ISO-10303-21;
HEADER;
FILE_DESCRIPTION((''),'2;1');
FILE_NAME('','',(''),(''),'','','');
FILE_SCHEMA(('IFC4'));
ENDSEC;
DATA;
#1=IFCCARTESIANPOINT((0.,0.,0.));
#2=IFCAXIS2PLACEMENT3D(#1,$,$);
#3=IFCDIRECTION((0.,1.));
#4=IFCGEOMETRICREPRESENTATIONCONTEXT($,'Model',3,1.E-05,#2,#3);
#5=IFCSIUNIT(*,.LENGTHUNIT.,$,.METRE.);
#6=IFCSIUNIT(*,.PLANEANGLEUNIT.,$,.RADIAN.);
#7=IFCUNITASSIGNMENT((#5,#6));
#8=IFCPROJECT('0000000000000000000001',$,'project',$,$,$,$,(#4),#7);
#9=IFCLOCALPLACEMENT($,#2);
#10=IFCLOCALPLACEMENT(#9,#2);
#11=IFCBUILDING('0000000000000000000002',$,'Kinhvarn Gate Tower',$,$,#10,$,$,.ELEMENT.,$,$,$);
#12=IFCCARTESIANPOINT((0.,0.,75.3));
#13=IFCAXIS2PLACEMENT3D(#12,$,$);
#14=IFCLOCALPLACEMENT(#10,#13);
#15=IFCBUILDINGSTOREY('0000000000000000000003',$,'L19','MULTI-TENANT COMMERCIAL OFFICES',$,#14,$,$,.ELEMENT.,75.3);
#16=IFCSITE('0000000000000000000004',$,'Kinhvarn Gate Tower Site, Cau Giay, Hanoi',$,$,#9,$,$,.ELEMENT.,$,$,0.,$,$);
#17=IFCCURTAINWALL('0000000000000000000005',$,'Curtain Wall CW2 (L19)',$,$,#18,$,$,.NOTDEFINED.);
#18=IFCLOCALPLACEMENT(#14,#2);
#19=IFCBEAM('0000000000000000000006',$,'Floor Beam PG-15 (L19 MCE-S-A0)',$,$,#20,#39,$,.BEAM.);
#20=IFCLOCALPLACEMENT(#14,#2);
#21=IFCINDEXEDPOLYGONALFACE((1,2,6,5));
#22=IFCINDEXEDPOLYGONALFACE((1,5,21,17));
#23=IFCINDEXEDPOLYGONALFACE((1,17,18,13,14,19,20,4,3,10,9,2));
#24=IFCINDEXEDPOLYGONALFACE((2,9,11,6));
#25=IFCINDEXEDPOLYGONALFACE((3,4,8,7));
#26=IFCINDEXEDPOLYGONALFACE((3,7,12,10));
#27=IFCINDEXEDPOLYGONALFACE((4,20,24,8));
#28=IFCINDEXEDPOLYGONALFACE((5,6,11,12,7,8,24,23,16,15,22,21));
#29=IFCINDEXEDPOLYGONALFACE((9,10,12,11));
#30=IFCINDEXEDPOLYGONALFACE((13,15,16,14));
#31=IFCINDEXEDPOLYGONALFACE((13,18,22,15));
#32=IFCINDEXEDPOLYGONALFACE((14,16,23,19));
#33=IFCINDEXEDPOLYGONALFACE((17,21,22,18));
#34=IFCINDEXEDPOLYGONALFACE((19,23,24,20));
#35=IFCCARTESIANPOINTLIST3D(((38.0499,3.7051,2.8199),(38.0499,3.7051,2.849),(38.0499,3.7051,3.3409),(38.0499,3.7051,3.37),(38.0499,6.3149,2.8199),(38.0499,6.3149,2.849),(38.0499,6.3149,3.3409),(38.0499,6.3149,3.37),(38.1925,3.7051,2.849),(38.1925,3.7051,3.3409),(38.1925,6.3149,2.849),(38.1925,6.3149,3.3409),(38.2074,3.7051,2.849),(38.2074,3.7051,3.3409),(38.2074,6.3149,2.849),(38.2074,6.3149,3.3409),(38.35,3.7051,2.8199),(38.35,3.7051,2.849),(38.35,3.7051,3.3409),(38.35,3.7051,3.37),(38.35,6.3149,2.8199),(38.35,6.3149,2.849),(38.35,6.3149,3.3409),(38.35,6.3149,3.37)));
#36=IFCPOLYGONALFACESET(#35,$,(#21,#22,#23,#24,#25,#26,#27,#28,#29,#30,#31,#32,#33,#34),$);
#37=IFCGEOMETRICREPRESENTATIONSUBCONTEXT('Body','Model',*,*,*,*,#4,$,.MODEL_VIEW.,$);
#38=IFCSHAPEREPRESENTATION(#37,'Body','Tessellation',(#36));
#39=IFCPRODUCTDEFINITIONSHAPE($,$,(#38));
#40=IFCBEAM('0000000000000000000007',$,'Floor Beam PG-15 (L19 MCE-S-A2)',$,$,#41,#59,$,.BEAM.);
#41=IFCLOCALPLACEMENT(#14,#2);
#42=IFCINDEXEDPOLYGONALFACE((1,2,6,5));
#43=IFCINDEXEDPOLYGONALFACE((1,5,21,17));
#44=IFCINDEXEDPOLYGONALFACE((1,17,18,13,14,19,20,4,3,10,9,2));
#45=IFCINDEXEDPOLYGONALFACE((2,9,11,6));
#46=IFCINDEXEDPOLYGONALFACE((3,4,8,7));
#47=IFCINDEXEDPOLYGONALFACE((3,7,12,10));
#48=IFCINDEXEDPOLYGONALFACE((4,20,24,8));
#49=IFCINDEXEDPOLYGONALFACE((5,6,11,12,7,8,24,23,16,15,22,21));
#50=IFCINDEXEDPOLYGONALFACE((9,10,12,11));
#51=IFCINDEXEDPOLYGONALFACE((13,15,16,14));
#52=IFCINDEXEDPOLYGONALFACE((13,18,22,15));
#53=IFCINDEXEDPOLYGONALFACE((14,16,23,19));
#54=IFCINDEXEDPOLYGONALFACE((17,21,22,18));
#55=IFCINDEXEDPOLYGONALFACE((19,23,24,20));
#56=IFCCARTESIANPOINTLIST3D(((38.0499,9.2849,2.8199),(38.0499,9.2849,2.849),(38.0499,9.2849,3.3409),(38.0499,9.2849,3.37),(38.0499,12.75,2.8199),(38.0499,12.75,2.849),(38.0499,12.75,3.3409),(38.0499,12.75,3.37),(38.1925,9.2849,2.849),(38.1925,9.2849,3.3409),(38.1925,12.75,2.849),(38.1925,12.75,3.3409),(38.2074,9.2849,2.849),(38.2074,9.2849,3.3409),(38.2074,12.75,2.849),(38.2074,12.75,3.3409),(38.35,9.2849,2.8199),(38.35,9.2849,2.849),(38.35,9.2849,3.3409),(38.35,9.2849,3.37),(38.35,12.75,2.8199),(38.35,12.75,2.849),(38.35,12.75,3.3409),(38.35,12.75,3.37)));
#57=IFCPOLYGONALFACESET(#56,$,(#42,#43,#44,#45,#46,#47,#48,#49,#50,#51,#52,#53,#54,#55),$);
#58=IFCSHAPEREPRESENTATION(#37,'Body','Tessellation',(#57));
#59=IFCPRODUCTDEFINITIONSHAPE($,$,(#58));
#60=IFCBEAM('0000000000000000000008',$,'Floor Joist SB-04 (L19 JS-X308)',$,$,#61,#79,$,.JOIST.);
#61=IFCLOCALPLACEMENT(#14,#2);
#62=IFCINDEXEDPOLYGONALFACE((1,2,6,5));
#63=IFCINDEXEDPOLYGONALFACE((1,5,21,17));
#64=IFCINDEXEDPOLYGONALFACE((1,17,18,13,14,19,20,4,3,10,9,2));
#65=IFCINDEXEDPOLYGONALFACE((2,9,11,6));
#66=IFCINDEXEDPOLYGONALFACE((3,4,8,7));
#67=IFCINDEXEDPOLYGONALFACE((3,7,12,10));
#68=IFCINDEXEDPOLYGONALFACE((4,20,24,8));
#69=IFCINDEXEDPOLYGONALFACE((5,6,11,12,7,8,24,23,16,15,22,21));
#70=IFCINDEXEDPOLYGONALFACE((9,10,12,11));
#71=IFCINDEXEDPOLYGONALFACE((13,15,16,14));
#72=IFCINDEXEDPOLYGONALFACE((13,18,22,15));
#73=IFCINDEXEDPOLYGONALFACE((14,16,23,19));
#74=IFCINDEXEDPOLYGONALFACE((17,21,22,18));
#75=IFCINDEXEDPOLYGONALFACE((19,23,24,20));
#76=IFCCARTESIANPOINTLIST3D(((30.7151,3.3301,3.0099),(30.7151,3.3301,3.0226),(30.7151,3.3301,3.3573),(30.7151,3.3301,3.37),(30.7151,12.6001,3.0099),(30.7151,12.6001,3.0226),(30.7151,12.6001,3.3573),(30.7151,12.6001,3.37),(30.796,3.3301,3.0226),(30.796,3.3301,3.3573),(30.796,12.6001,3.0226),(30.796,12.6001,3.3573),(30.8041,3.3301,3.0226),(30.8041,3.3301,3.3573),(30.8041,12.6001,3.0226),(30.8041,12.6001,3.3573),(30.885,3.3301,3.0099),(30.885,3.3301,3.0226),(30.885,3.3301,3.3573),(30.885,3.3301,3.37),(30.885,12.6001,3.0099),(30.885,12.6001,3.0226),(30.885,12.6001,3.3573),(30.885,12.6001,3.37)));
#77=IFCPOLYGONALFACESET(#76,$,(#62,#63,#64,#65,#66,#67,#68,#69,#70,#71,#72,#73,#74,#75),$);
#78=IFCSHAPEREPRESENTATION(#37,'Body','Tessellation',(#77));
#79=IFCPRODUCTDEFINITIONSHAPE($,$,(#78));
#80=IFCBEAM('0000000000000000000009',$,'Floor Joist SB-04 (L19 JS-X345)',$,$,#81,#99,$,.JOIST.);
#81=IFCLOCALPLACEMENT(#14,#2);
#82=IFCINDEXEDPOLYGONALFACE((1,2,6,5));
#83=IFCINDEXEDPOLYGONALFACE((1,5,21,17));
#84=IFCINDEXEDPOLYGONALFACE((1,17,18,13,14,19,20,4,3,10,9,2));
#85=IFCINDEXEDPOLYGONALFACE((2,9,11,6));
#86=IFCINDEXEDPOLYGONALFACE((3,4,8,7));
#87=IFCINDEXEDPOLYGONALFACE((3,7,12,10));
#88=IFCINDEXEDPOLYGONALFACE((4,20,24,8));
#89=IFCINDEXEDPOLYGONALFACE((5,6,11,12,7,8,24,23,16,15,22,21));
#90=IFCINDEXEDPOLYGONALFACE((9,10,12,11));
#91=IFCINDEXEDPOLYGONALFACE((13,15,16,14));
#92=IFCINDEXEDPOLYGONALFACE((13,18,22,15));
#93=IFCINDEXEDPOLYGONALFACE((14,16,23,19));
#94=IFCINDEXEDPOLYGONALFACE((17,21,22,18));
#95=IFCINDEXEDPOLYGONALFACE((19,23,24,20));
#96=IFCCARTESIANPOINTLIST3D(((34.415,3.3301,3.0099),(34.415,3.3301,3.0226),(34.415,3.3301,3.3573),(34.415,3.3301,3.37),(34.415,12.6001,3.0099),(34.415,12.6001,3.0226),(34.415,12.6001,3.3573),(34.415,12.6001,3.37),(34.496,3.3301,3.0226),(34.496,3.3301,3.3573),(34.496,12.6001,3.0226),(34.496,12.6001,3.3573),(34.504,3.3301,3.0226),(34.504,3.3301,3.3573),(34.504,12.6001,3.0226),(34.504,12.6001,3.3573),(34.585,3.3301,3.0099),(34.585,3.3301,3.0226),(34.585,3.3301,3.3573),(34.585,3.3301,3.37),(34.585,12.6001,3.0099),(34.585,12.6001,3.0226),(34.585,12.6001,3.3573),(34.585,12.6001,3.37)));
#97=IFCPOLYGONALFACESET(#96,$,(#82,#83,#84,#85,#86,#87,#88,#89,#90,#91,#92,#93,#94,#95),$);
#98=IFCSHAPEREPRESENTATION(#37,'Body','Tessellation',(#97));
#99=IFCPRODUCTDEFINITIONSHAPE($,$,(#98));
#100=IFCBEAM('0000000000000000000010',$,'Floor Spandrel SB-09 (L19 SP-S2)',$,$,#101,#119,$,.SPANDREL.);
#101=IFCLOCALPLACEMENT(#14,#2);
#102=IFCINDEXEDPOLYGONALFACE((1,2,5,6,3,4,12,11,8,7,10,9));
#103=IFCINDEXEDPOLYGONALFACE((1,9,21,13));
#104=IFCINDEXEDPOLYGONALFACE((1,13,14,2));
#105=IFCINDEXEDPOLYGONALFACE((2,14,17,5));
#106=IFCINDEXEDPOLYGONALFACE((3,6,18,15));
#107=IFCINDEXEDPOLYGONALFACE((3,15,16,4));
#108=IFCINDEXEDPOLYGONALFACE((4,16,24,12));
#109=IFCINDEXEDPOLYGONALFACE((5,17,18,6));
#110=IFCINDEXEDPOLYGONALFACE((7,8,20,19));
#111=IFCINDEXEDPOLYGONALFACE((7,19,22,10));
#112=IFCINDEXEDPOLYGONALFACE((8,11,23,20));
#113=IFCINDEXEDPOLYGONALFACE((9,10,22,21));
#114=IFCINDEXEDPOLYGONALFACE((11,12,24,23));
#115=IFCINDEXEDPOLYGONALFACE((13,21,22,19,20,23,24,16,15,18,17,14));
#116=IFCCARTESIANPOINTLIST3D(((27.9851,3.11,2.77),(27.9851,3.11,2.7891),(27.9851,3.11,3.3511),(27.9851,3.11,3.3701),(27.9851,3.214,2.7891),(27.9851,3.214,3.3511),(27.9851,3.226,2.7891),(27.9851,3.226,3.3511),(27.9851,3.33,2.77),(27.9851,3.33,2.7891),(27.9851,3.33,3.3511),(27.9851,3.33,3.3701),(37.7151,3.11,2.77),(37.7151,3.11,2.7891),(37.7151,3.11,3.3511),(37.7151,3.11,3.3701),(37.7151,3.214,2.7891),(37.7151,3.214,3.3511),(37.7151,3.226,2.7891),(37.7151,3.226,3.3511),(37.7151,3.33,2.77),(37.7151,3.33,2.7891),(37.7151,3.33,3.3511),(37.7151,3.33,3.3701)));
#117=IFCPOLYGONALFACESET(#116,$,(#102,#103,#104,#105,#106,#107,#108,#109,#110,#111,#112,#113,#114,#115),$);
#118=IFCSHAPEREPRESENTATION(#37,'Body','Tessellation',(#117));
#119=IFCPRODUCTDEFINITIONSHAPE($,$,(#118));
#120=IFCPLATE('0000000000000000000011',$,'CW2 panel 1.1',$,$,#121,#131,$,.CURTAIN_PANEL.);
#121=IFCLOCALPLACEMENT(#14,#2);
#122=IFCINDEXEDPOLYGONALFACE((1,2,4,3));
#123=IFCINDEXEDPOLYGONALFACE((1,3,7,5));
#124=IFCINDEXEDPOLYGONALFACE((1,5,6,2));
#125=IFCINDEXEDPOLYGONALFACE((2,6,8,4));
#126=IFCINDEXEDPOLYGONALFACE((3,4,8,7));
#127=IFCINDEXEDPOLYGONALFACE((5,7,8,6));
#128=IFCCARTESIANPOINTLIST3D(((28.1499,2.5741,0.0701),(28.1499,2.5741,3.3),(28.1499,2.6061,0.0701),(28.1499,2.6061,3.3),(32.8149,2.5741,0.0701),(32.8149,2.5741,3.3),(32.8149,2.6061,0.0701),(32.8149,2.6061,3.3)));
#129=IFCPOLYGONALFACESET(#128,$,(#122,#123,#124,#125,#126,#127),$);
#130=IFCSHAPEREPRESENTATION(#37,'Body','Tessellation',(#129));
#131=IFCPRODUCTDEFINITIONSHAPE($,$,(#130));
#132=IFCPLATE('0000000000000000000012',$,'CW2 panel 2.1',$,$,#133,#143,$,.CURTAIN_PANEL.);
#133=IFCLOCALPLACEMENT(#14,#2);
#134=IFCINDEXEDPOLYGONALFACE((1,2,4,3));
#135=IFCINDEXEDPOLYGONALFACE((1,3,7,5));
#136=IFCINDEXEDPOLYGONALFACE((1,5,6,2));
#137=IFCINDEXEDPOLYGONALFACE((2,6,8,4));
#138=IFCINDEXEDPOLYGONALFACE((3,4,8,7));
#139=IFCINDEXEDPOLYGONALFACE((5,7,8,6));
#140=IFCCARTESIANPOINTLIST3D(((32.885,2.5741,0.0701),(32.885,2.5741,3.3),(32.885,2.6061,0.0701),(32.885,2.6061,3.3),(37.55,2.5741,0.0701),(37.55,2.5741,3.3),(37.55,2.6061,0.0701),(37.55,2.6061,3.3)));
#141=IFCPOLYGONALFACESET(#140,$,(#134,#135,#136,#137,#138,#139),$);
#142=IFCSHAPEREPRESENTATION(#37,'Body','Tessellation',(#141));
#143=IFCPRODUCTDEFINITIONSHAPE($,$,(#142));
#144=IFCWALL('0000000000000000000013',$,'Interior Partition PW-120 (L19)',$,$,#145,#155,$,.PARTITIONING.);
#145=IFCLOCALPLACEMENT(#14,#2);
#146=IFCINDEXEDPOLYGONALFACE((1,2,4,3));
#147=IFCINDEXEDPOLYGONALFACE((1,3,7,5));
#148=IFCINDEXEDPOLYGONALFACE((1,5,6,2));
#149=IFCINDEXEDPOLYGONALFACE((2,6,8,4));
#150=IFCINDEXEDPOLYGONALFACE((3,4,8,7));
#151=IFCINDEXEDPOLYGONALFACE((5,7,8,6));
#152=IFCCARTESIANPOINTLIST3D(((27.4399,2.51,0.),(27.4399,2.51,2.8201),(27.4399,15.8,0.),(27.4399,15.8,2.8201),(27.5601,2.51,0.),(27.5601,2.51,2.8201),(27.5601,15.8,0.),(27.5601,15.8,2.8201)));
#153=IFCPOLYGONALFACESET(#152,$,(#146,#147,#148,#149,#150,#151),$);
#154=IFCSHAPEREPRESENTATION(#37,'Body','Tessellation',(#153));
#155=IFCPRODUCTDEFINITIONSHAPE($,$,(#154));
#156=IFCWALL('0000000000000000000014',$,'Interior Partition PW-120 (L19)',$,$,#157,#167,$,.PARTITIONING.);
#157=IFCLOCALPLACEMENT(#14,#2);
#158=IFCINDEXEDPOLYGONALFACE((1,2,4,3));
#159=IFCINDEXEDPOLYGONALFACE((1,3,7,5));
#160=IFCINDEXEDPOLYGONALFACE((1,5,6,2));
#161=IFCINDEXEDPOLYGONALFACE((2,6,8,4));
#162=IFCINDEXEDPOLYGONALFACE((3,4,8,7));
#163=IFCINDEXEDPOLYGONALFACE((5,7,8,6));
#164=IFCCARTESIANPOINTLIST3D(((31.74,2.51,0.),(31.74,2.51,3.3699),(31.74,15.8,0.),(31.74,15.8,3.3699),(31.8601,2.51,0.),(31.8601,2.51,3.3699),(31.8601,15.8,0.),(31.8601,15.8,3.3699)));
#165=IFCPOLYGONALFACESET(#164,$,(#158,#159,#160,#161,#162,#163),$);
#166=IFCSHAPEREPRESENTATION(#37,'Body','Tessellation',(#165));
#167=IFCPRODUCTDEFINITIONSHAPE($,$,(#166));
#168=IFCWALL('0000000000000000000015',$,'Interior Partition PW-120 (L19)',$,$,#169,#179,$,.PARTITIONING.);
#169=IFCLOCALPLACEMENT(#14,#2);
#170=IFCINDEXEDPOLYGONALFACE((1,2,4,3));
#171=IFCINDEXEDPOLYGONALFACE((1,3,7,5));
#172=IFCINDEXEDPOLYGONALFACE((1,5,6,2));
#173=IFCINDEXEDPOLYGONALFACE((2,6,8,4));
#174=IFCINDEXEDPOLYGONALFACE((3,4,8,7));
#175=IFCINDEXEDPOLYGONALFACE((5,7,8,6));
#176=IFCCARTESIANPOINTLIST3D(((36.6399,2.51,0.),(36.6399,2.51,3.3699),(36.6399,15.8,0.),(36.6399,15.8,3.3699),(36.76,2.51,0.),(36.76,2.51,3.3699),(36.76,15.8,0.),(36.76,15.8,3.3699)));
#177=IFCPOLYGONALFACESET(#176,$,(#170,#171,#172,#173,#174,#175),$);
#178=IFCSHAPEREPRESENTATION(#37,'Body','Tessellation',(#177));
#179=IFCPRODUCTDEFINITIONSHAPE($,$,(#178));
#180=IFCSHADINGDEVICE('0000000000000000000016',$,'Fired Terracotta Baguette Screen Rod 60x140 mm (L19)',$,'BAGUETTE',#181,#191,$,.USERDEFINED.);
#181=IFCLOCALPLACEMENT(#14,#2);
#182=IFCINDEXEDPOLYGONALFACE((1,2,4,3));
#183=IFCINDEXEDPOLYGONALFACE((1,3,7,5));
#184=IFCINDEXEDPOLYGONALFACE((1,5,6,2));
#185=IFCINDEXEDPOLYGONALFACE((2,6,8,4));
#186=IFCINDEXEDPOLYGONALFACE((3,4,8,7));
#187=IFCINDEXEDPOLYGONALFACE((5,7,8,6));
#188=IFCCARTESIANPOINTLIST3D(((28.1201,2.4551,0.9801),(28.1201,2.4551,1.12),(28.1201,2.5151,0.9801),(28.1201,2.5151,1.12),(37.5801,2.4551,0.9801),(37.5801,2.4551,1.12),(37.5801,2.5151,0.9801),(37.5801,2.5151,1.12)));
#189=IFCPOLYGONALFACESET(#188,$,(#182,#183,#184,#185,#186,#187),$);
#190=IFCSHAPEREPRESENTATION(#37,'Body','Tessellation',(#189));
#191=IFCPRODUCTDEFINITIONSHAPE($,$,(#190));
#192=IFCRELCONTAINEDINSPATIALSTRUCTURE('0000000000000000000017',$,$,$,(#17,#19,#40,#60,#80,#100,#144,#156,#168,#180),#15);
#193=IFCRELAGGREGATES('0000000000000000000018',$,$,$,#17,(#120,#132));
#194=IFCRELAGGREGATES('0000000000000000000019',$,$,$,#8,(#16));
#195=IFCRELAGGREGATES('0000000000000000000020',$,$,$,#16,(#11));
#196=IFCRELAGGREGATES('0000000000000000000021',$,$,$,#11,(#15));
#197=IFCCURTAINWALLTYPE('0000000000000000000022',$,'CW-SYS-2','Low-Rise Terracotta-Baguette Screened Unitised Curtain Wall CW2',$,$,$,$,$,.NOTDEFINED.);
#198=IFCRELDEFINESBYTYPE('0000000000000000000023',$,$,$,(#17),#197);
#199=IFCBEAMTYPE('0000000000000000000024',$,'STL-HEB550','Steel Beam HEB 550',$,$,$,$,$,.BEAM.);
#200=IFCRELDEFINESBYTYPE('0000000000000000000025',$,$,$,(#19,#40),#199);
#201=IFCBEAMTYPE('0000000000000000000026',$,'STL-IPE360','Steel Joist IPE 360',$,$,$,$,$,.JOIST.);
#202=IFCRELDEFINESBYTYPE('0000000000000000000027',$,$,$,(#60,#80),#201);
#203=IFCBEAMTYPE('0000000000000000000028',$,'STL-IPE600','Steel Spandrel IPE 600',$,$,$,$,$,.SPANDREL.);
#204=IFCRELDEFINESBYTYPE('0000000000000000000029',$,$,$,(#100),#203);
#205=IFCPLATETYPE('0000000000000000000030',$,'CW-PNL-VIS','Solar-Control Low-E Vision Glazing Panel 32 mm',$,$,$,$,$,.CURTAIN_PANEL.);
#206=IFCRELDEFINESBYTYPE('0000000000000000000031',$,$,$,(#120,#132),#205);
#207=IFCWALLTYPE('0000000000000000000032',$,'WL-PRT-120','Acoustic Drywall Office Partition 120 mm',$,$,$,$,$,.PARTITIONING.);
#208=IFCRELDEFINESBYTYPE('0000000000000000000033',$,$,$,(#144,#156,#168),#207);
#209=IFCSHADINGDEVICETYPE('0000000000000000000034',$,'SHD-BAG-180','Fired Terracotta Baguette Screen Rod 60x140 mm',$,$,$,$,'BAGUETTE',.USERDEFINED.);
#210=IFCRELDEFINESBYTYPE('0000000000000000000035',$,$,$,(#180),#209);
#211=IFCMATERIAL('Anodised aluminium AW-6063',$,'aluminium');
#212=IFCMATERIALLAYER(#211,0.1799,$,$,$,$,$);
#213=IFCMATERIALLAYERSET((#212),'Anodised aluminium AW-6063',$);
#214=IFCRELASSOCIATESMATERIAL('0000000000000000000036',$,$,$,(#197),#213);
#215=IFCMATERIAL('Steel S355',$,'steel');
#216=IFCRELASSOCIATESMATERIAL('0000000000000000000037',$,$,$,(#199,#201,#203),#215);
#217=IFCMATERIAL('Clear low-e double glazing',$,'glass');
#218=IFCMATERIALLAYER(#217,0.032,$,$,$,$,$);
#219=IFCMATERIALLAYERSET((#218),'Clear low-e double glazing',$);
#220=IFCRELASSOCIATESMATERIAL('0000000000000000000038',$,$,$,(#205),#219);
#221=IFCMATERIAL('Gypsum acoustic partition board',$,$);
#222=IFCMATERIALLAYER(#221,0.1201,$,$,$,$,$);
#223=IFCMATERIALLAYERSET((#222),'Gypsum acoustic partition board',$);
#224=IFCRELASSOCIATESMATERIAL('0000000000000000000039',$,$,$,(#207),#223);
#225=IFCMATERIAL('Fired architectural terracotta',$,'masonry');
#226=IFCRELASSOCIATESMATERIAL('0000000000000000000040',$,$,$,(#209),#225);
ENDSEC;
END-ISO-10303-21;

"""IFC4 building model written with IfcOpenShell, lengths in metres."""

from ifc_helpers import new_model, si_unit, direction, frame, frame_2d, origin, origin_2d, place, context, subcontext, project, spatial, rectangle, i_section, extrude, material, layer, layer_set, material_profile, profile_set, type_object, element, aggregate, save


model = new_model("IFC4")

# Units and contexts
model_context = context("Model", 3, precision=1e-05, world=origin(), true_north=direction((0.0, 1.0)))
body_context = subcontext(model_context, "Body", "Model", "MODEL_VIEW")
ifc_project = project(units=[si_unit("LENGTHUNIT", "METRE"), si_unit("PLANEANGLEUNIT", "RADIAN")], contexts=[model_context])

# Site, building, storey
site_placement = place(None, origin())
site = spatial("IfcSite", under=ifc_project, at=site_placement, Name="Kinhvarn Gate Tower Site, Cau Giay, Hanoi", CompositionType="ELEMENT", RefElevation=0.0)
building_placement = place(site_placement, origin())
building = spatial("IfcBuilding", under=site, at=building_placement, Name="Kinhvarn Gate Tower", CompositionType="ELEMENT")
storey_placement = place(building_placement, frame((0.0, 0.0, 75.3)))
storey = spatial("IfcBuildingStorey", under=building, at=storey_placement, Name="L19", Description="MULTI-TENANT COMMERCIAL OFFICES", CompositionType="ELEMENT", Elevation=75.3)

# Shared definitions
ifc_material_1 = material(Name="Anodised aluminium AW-6063", Category="aluminium")
ifc_layer_1 = layer(ifc_material_1, 0.1799)
ifc_layer_set_1 = layer_set([ifc_layer_1], Name="Anodised aluminium AW-6063")
curtain_wall_type = type_object("IfcCurtainWallType", Name="CW-SYS-2", Description="Low-Rise Terracotta-Baguette Screened Unitised Curtain Wall CW2", PredefinedType="NOTDEFINED", material=ifc_layer_set_1)

# Curtain wall
curtain_wall_1_placement = place(storey_placement, origin())
curtain_wall_1 = element("IfcCurtainWall", 1, at=curtain_wall_1_placement, inside=storey, type_object=curtain_wall_type, Name="Curtain Wall CW2 (L19)", PredefinedType="NOTDEFINED")

# Beams
ifc_material_2 = material(Name="Steel S355", Category="steel")
ifc_material_profile_1 = material_profile(ifc_material_2, i_section(OverallWidth=0.3, OverallDepth=0.55, WebThickness=0.0149, FlangeThickness=0.0291, at=origin_2d()), Name="HEB 550")
ifc_profile_set_1 = profile_set([ifc_material_profile_1], Name="Steel S355")
beam_type_1 = type_object("IfcBeamType", Name="STL-HEB550", Description="Steel Beam HEB 550", PredefinedType="BEAM", material=ifc_profile_set_1)
beam_1_placement = place(storey_placement, frame((38.2, 3.7051, 3.095), z_axis=(0.0, 1.0, 0.0), x_axis=(-1.0, 0.0, 0.0)))
element("IfcBeam", 2, at=beam_1_placement, inside=storey, type_object=beam_type_1, Name="Floor Beam PG-15 (L19 MCE-S-A0)", PredefinedType="BEAM", context=body_context, shape_type="SweptSolid", body=[
    extrude(i_section(OverallWidth=0.3, OverallDepth=0.55, WebThickness=0.0149, FlangeThickness=0.0291, at=origin_2d()), origin(), (0.0, 0.0, 1.0), 2.6099),
])
beam_2_placement = place(storey_placement, frame((38.2, 9.2849, 3.095), z_axis=(0.0, 1.0, 0.0), x_axis=(-1.0, 0.0, 0.0)))
element("IfcBeam", 3, at=beam_2_placement, inside=storey, type_object=beam_type_1, Name="Floor Beam PG-15 (L19 MCE-S-A2)", PredefinedType="BEAM", context=body_context, shape_type="SweptSolid", body=[
    extrude(i_section(OverallWidth=0.3, OverallDepth=0.55, WebThickness=0.0149, FlangeThickness=0.0291, at=origin_2d()), origin(), (0.0, 0.0, 1.0), 3.4651),
])
ifc_material_profile_2 = material_profile(ifc_material_2, i_section(OverallWidth=0.1699, OverallDepth=0.3601, WebThickness=0.0081, FlangeThickness=0.0127, at=origin_2d()), Name="IPE 360")
ifc_profile_set_2 = profile_set([ifc_material_profile_2], Name="Steel S355")
beam_type_2 = type_object("IfcBeamType", Name="STL-IPE360", Description="Steel Joist IPE 360", PredefinedType="JOIST", material=ifc_profile_set_2)
for number, where, z_axis, x_axis, name in (
    (4, (30.8, 3.3301, 3.1899), (0.0, 1.0, 0.0), (-1.0, 0.0, 0.0), "Floor Joist SB-04 (L19 JS-X308)"),
    (5, (34.5, 3.3301, 3.1899), (0.0, 1.0, 0.0), (-1.0, 0.0, 0.0), "Floor Joist SB-04 (L19 JS-X345)"),
):
    element("IfcBeam", number, at=place(storey_placement, frame(where, z_axis=z_axis, x_axis=x_axis)), inside=storey, type_object=beam_type_2, Name=name, PredefinedType="JOIST", context=body_context, shape_type="SweptSolid", body=[
        extrude(i_section(OverallWidth=0.1699, OverallDepth=0.3601, WebThickness=0.0081, FlangeThickness=0.0127, at=origin_2d()), origin(), (0.0, 0.0, 1.0), 9.27),
    ])
ifc_material_profile_3 = material_profile(ifc_material_2, i_section(OverallWidth=0.22, OverallDepth=0.6001, WebThickness=0.012, FlangeThickness=0.019, at=origin_2d()), Name="IPE 600")
ifc_profile_set_3 = profile_set([ifc_material_profile_3], Name="Steel S355")
beam_type_3 = type_object("IfcBeamType", Name="STL-IPE600", Description="Steel Spandrel IPE 600", PredefinedType="SPANDREL", material=ifc_profile_set_3)
beam_3_placement = place(storey_placement, frame((27.9851, 3.22, 3.0701), z_axis=(1.0, 0.0, 0.0), x_axis=(0.0, 1.0, 0.0)))
element("IfcBeam", 6, at=beam_3_placement, inside=storey, type_object=beam_type_3, Name="Floor Spandrel SB-09 (L19 SP-S2)", PredefinedType="SPANDREL", context=body_context, shape_type="SweptSolid", body=[
    extrude(i_section(OverallWidth=0.22, OverallDepth=0.6001, WebThickness=0.012, FlangeThickness=0.019, at=origin_2d()), origin(), (0.0, 0.0, 1.0), 9.73),
])

# Plates
ifc_material_3 = material(Name="Clear low-e double glazing", Category="glass")
ifc_layer_2 = layer(ifc_material_3, 0.032)
ifc_layer_set_2 = layer_set([ifc_layer_2], Name="Clear low-e double glazing")
plate_type = type_object("IfcPlateType", Name="CW-PNL-VIS", Description="Solar-Control Low-E Vision Glazing Panel 32 mm", PredefinedType="CURTAIN_PANEL", material=ifc_layer_set_2)
plate_1_placement = place(storey_placement, frame((30.4824, 2.5901, 0.0701), z_axis=(0.0, 0.0, 1.0), x_axis=(1.0, 0.0, 0.0)))
plate_1 = element("IfcPlate", 7, at=plate_1_placement, type_object=plate_type, Name="CW2 panel 1.1", PredefinedType="CURTAIN_PANEL", context=body_context, shape_type="SweptSolid", body=[
    extrude(rectangle(XDim=4.665, YDim=0.032, at=origin_2d()), origin(), (0.0, 0.0, 1.0), 3.23),
])
plate_2_placement = place(storey_placement, frame((35.2175, 2.5901, 0.0701), z_axis=(0.0, 0.0, 1.0), x_axis=(1.0, 0.0, 0.0)))
plate_2 = element("IfcPlate", 8, at=plate_2_placement, type_object=plate_type, Name="CW2 panel 2.1", PredefinedType="CURTAIN_PANEL", context=body_context, shape_type="SweptSolid", body=[
    extrude(rectangle(XDim=4.665, YDim=0.032, at=origin_2d()), origin(), (0.0, 0.0, 1.0), 3.23),
])
aggregate(curtain_wall_1, [plate_1, plate_2])

# Walls
ifc_material_4 = material(Name="Gypsum acoustic partition board")
ifc_layer_3 = layer(ifc_material_4, 0.1201)
ifc_layer_set_3 = layer_set([ifc_layer_3], Name="Gypsum acoustic partition board")
wall_type = type_object("IfcWallType", Name="WL-PRT-120", Description="Acoustic Drywall Office Partition 120 mm", PredefinedType="PARTITIONING", material=ifc_layer_set_3)
wall_placement = place(storey_placement, frame((27.5, 2.51, 0.0), z_axis=(0.0, 0.0, 1.0), x_axis=(0.0, 1.0, 0.0)))
element("IfcWall", 9, at=wall_placement, inside=storey, type_object=wall_type, Name="Interior Partition PW-120 (L19)", PredefinedType="PARTITIONING", context=body_context, shape_type="SweptSolid", body=[
    extrude(rectangle(XDim=13.29, YDim=0.1201, at=frame_2d((6.645, 0.0))), origin(), (0.0, 0.0, 1.0), 2.8201),
])
for number, where, z_axis, x_axis, name in (
    (10, (31.8, 2.51, 0.0), (0.0, 0.0, 1.0), (0.0, 1.0, 0.0), "Interior Partition PW-120 (L19)"),
    (11, (36.7, 2.51, 0.0), (0.0, 0.0, 1.0), (0.0, 1.0, 0.0), "Interior Partition PW-120 (L19)"),
):
    element("IfcWall", number, at=place(storey_placement, frame(where, z_axis=z_axis, x_axis=x_axis)), inside=storey, type_object=wall_type, Name=name, PredefinedType="PARTITIONING", context=body_context, shape_type="SweptSolid", body=[
        extrude(rectangle(XDim=13.29, YDim=0.1201, at=frame_2d((6.645, 0.0))), origin(), (0.0, 0.0, 1.0), 3.3699),
    ])

# Shading device
ifc_material_5 = material(Name="Fired architectural terracotta", Category="masonry")
ifc_material_profile_4 = material_profile(ifc_material_5, rectangle(XDim=0.0601, YDim=0.1399, at=origin_2d()), Name="TC 60x140")
ifc_profile_set_4 = profile_set([ifc_material_profile_4], Name="Fired architectural terracotta")
shading_device_type = type_object("IfcShadingDeviceType", Name="SHD-BAG-180", Description="Fired Terracotta Baguette Screen Rod 60x140 mm", ElementType="BAGUETTE", PredefinedType="USERDEFINED", material=ifc_profile_set_4)
for number, where, z_axis, x_axis, name in (
    (12, (28.1201, 2.4851, 1.05), (1.0, 0.0, 0.0), (0.0, 1.0, 0.0), "Fired Terracotta Baguette Screen Rod 60x140 mm (L19)"),
):
    element("IfcShadingDevice", number, at=place(storey_placement, frame(where, z_axis=z_axis, x_axis=x_axis)), inside=storey, type_object=shading_device_type, Name=name, ObjectType="BAGUETTE", PredefinedType="USERDEFINED", context=body_context, shape_type="SweptSolid", body=[
        extrude(rectangle(XDim=0.0601, YDim=0.1399, at=origin_2d()), origin(), (0.0, 0.0, 1.0), 9.46),
    ])

save(model, "model.ifc")
